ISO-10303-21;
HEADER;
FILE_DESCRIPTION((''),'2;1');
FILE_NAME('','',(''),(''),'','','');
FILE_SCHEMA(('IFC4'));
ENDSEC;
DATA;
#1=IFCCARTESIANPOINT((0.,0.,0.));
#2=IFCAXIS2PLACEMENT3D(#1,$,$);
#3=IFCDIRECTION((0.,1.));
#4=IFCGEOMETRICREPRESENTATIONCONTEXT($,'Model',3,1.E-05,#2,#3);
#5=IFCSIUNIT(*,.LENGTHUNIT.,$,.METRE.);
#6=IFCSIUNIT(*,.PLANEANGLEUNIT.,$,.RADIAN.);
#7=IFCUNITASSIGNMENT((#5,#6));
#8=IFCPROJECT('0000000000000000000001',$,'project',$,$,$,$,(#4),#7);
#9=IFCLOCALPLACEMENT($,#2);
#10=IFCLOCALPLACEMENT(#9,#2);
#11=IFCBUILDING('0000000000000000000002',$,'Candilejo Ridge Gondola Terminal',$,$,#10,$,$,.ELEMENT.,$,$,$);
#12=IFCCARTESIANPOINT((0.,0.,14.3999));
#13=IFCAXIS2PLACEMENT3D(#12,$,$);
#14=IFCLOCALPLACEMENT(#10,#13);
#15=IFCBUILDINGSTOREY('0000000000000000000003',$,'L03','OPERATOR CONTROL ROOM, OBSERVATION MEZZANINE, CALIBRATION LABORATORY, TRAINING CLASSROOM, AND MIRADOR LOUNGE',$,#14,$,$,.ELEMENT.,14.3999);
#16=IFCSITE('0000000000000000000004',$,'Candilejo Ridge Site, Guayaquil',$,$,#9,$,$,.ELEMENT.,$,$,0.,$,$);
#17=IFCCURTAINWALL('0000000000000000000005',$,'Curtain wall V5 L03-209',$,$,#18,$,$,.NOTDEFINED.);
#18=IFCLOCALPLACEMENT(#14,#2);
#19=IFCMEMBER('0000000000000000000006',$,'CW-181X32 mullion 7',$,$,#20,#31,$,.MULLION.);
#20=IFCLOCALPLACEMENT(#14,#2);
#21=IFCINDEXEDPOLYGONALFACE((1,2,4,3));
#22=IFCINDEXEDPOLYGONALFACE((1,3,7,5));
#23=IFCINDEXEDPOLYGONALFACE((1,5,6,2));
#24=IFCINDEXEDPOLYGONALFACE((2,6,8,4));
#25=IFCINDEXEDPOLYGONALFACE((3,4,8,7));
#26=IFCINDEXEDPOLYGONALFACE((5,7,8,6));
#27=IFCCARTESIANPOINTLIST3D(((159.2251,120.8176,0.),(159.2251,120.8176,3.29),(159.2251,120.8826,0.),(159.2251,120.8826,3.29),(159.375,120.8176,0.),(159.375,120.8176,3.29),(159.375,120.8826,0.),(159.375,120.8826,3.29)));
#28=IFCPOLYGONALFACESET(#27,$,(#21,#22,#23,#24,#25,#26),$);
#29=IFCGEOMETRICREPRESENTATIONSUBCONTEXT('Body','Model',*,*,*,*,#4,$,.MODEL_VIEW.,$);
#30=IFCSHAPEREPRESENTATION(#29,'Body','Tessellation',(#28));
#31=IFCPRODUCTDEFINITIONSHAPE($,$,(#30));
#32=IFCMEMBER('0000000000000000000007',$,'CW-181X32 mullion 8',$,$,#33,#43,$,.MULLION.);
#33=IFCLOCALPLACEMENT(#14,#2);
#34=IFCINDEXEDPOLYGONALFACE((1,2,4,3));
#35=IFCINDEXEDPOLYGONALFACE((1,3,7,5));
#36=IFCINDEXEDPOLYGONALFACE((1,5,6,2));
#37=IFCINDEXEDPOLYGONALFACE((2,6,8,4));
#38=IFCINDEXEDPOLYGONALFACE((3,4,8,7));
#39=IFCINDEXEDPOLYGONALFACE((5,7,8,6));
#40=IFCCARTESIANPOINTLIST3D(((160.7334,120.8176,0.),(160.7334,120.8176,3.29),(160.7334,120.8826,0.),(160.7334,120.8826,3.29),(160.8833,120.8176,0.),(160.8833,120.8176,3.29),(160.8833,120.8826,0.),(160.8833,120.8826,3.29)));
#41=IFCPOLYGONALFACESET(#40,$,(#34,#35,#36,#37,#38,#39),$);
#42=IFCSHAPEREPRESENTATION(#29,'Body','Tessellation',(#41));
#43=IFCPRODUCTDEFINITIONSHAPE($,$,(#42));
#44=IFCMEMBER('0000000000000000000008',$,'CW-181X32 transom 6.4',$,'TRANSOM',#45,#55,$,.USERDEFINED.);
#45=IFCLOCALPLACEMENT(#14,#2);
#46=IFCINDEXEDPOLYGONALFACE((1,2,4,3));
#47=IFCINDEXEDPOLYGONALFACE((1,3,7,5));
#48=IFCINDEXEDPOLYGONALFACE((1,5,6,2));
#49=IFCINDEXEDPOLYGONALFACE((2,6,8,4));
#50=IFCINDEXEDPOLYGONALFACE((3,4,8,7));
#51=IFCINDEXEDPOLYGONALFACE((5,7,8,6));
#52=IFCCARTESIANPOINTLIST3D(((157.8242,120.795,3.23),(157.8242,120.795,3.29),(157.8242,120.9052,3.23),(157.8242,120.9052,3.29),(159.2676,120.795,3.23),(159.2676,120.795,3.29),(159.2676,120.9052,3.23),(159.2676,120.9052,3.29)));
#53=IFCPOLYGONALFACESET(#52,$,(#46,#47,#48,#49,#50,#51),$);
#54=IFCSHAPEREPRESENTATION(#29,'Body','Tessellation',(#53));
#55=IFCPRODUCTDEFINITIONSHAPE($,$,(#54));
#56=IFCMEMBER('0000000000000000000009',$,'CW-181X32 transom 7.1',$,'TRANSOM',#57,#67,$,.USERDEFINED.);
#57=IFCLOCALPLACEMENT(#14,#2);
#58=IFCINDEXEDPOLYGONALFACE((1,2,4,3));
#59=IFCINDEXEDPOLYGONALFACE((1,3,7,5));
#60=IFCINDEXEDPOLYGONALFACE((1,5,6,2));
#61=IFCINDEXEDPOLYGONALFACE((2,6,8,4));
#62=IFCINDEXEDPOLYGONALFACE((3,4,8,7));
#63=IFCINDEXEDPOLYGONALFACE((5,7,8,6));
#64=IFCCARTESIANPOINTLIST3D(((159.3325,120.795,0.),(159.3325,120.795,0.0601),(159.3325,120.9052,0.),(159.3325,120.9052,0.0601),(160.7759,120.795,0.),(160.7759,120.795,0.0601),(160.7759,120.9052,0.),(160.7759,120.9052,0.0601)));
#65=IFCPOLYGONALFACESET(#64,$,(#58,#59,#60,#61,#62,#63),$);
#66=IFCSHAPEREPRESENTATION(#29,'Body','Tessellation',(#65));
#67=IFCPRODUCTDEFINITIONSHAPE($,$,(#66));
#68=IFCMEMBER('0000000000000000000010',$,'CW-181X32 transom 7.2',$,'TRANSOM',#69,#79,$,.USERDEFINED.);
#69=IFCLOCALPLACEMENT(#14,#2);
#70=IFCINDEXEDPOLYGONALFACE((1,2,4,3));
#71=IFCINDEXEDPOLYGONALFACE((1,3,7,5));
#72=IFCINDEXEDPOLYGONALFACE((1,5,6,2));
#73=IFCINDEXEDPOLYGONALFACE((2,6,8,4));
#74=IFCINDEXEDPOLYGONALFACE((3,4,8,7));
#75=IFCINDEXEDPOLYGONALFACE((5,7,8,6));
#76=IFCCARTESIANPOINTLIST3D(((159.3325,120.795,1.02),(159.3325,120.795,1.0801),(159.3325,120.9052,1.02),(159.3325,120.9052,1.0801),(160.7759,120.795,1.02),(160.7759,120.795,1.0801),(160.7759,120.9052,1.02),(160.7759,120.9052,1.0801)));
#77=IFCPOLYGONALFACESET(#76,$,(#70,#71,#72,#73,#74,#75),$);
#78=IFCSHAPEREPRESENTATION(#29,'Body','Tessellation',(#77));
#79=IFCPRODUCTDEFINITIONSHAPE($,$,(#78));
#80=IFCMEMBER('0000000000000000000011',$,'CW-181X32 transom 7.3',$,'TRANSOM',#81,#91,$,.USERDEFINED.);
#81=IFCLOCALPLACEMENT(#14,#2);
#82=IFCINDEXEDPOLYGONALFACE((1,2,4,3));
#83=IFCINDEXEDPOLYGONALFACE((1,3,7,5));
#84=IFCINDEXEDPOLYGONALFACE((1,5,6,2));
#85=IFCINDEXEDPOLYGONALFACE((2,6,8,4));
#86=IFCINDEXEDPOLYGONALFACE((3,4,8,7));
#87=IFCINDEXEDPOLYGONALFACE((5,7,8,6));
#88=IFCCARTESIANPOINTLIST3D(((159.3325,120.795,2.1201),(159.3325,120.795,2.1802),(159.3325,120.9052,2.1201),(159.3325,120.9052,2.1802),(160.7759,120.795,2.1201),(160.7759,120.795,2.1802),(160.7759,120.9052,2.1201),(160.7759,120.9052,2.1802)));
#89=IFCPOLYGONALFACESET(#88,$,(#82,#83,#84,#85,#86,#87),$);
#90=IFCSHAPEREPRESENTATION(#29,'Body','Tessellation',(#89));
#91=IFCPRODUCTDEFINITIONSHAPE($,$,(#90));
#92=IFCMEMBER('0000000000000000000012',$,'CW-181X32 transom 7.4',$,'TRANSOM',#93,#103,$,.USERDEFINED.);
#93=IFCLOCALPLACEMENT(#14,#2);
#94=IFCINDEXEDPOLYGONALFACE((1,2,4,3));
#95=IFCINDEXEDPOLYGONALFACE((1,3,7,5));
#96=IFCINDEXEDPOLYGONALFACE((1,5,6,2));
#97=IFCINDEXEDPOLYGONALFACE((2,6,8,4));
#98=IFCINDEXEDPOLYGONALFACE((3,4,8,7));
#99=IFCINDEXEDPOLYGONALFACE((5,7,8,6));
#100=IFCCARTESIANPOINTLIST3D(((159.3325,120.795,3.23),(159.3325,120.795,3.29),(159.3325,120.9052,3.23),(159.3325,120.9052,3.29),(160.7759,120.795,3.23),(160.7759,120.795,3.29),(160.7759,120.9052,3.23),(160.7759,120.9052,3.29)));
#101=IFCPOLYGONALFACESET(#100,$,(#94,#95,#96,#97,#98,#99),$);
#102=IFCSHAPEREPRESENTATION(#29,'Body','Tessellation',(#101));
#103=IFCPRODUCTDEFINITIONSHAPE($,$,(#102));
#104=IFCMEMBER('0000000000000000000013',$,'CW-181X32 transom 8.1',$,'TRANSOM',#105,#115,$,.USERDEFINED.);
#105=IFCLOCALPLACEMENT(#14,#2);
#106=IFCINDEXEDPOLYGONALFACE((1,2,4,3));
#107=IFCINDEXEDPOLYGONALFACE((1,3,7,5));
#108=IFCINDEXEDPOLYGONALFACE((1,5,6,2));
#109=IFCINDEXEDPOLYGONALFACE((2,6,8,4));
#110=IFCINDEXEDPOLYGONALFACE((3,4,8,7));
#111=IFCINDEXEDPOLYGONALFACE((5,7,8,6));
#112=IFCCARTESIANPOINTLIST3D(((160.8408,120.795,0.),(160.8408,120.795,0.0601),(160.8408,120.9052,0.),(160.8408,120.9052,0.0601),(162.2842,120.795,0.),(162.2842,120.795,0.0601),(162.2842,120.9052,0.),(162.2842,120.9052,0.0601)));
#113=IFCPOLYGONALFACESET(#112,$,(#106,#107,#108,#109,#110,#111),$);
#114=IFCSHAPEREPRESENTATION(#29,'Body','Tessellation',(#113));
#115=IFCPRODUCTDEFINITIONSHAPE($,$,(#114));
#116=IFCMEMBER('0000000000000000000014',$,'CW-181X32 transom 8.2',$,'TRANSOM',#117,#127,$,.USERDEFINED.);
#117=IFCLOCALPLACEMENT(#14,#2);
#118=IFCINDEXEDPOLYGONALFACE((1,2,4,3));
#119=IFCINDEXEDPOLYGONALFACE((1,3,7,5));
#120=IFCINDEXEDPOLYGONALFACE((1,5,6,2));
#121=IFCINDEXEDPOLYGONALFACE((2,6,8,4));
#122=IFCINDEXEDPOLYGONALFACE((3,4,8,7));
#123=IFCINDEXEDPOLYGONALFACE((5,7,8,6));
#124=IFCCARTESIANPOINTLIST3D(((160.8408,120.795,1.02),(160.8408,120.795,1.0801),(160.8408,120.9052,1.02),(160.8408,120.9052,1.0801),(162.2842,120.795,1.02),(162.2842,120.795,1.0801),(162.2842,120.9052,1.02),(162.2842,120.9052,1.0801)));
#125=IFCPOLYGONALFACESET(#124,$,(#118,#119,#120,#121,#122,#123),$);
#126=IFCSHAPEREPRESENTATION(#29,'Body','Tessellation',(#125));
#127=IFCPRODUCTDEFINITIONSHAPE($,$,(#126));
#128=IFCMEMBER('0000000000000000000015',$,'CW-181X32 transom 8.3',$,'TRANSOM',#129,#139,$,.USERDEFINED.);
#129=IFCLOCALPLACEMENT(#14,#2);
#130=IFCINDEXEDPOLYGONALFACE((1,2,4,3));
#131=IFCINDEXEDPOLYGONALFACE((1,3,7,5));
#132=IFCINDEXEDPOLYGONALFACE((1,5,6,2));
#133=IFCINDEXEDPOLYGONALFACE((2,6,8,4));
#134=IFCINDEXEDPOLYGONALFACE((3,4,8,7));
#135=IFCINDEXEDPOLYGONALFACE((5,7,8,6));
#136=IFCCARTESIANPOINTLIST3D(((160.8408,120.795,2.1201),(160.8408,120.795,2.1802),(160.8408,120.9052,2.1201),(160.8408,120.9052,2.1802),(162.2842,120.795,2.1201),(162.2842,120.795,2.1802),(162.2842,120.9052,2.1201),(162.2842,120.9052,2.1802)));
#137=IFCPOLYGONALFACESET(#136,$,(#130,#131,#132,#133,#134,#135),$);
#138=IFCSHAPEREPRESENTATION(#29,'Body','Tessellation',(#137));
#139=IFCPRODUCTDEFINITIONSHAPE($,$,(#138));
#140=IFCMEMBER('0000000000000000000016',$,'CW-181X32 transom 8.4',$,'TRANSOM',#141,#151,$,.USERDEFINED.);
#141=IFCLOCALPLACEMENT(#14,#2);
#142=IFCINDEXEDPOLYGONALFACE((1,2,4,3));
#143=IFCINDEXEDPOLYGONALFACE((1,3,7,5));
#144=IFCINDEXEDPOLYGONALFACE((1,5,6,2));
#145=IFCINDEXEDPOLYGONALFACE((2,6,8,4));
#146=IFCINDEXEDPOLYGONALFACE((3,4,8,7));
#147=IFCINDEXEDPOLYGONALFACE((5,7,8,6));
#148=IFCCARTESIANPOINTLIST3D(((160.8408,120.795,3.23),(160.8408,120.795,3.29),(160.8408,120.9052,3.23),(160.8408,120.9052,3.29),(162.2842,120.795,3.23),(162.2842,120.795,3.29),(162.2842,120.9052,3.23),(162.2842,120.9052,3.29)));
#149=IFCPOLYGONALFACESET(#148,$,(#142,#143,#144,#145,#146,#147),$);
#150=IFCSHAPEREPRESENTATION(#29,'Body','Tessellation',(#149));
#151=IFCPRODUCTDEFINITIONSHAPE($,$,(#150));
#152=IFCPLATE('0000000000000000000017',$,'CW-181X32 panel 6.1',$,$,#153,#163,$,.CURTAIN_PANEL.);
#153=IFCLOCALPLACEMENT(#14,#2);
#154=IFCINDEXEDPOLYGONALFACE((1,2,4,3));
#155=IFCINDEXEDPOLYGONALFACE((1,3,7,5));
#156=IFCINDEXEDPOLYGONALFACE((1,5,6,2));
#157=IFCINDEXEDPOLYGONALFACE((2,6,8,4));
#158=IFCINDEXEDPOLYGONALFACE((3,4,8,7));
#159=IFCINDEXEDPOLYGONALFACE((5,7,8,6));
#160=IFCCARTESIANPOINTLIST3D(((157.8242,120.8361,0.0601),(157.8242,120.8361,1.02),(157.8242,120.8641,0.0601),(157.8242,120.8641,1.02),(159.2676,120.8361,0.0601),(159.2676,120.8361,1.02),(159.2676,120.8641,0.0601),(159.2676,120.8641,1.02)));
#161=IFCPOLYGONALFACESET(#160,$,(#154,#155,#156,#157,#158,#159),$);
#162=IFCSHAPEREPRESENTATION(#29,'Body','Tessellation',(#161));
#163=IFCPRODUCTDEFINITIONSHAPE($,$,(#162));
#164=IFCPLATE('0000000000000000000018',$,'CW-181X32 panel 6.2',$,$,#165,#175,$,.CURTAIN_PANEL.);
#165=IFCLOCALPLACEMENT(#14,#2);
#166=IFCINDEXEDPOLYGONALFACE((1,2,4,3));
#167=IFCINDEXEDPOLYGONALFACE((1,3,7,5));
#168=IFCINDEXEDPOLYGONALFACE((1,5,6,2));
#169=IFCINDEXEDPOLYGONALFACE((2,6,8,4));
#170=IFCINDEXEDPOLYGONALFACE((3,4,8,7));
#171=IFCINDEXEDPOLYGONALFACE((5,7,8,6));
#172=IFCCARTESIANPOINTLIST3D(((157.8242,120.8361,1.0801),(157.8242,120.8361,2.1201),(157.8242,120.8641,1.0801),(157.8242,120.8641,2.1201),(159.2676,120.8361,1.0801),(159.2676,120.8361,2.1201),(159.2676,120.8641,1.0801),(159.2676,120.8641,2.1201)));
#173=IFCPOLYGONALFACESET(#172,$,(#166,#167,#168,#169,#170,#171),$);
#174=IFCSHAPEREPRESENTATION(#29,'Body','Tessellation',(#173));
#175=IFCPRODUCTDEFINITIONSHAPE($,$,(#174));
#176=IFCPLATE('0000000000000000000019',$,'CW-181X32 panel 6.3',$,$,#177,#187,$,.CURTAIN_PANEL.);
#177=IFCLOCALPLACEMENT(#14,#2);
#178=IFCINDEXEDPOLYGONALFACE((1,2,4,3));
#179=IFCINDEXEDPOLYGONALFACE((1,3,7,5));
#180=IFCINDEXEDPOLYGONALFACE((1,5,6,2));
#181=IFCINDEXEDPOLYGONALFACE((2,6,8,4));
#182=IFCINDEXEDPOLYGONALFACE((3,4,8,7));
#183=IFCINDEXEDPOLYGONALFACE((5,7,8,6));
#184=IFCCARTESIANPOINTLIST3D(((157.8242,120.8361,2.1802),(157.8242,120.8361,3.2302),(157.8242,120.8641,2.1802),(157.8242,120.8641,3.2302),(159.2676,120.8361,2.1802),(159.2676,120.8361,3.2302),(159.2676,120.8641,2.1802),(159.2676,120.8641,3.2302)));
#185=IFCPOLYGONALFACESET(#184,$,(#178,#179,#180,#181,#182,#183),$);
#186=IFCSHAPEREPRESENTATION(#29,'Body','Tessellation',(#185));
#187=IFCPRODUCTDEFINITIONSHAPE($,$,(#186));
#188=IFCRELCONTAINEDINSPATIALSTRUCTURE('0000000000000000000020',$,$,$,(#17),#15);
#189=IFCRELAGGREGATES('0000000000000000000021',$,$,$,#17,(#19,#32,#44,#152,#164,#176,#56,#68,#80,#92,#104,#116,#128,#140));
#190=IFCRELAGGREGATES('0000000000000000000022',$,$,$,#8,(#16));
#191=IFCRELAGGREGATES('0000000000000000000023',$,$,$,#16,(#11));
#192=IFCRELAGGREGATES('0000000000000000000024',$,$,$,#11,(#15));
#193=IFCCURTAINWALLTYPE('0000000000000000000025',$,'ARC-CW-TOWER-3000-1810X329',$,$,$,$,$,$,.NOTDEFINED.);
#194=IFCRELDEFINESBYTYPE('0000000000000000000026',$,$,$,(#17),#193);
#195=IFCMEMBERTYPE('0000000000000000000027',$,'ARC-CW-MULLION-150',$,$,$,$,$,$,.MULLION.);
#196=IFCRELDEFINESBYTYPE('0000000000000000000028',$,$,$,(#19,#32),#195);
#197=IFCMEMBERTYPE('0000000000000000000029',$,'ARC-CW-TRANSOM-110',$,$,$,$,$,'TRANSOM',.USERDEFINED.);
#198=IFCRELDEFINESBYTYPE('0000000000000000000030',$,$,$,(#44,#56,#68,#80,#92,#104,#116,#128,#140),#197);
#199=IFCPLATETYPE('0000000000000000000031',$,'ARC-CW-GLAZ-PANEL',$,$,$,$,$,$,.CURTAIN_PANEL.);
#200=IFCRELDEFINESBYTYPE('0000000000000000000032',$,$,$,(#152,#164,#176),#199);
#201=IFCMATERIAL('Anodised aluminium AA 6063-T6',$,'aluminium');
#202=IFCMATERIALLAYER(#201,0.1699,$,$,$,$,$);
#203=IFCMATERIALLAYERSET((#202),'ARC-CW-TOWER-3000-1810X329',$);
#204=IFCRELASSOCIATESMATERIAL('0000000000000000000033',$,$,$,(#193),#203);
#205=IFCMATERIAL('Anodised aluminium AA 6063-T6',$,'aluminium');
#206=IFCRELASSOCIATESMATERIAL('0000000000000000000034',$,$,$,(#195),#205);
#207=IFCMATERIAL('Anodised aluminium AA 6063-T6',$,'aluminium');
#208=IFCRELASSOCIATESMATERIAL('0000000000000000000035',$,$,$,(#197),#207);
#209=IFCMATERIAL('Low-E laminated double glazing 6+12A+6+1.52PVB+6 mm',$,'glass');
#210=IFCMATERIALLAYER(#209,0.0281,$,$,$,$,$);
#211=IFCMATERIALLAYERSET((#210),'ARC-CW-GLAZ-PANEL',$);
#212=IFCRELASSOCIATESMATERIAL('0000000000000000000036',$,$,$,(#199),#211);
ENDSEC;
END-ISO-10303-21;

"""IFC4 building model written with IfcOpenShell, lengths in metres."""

from ifc_helpers import new_model, si_unit, direction, frame, origin, origin_2d, place, context, subcontext, project, spatial, rectangle, extrude, material, layer, layer_set, material_profile, profile_set, type_object, element, aggregate, save


model = new_model("IFC4")

# Units and contexts
model_context = context("Model", 3, precision=1e-05, world=origin(), true_north=direction((0.0, 1.0)))
body_context = subcontext(model_context, "Body", "Model", "MODEL_VIEW")
ifc_project = project(units=[si_unit("LENGTHUNIT", "METRE"), si_unit("PLANEANGLEUNIT", "RADIAN")], contexts=[model_context])

# Site, building, storey
site_placement = place(None, origin())
site = spatial("IfcSite", under=ifc_project, at=site_placement, Name="Candilejo Ridge Site, Guayaquil", CompositionType="ELEMENT", RefElevation=0.0)
building_placement = place(site_placement, origin())
building = spatial("IfcBuilding", under=site, at=building_placement, Name="Candilejo Ridge Gondola Terminal", CompositionType="ELEMENT")
storey_placement = place(building_placement, frame((0.0, 0.0, 14.3999)))
storey = spatial("IfcBuildingStorey", under=building, at=storey_placement, Name="L03", Description="OPERATOR CONTROL ROOM, OBSERVATION MEZZANINE, CALIBRATION LABORATORY, TRAINING CLASSROOM, AND MIRADOR LOUNGE", CompositionType="ELEMENT", Elevation=14.3999)

# Curtain wall, members, plates
ifc_material_1 = material(Name="Anodised aluminium AA 6063-T6", Category="aluminium")
ifc_layer_1 = layer(ifc_material_1, 0.1699)
ifc_layer_set_1 = layer_set([ifc_layer_1], Name="ARC-CW-TOWER-3000-1810X329")
curtain_wall_type = type_object("IfcCurtainWallType", Name="ARC-CW-TOWER-3000-1810X329", PredefinedType="NOTDEFINED", material=ifc_layer_set_1)
curtain_wall_placement = place(storey_placement, origin())
curtain_wall = element("IfcCurtainWall", 1, at=curtain_wall_placement, inside=storey, type_object=curtain_wall_type, Name="Curtain wall V5 L03-209", PredefinedType="NOTDEFINED")
ifc_material_2 = material(Name="Anodised aluminium AA 6063-T6", Category="aluminium")
ifc_material_profile_1 = material_profile(ifc_material_2, rectangle(XDim=0.0649, YDim=0.1499, at=origin_2d()))
ifc_profile_set_1 = profile_set([ifc_material_profile_1], Name="Anodised aluminium AA 6063-T6")
member_type_1 = type_object("IfcMemberType", Name="ARC-CW-MULLION-150", PredefinedType="MULLION", material=ifc_profile_set_1)
member_1_placement = place(storey_placement, frame((159.3, 120.8501, 0.0), z_axis=(0.0, 0.0, 1.0), x_axis=(0.0, 1.0, 0.0)))
member_1 = element("IfcMember", 2, at=member_1_placement, type_object=member_type_1, Name="CW-181X32 mullion 7", PredefinedType="MULLION", context=body_context, shape_type="SweptSolid", body=[
    extrude(rectangle(XDim=0.0649, YDim=0.1499, at=origin_2d()), origin(), (0.0, 0.0, 1.0), 3.29),
])
member_2_placement = place(storey_placement, frame((160.8083, 120.8501, 0.0), z_axis=(0.0, 0.0, 1.0), x_axis=(0.0, 1.0, 0.0)))
member_2 = element("IfcMember", 3, at=member_2_placement, type_object=member_type_1, Name="CW-181X32 mullion 8", PredefinedType="MULLION", context=body_context, shape_type="SweptSolid", body=[
    extrude(rectangle(XDim=0.0649, YDim=0.1499, at=origin_2d()), origin(), (0.0, 0.0, 1.0), 3.29),
])
ifc_material_3 = material(Name="Anodised aluminium AA 6063-T6", Category="aluminium")
ifc_material_profile_2 = material_profile(ifc_material_3, rectangle(XDim=0.1101, YDim=0.0601, at=origin_2d()))
ifc_profile_set_2 = profile_set([ifc_material_profile_2], Name="Anodised aluminium AA 6063-T6")
member_type_2 = type_object("IfcMemberType", Name="ARC-CW-TRANSOM-110", ElementType="TRANSOM", PredefinedType="USERDEFINED", material=ifc_profile_set_2)
member_3_placement = place(storey_placement, frame((157.8242, 120.8501, 3.26), z_axis=(1.0, 0.0, 0.0), x_axis=(0.0, 1.0, 0.0)))
member_3 = element("IfcMember", 4, at=member_3_placement, type_object=member_type_2, Name="CW-181X32 transom 6.4", ObjectType="TRANSOM", PredefinedType="USERDEFINED", context=body_context, shape_type="SweptSolid", body=[
    extrude(rectangle(XDim=0.1101, YDim=0.0601, at=origin_2d()), origin(), (0.0, 0.0, 1.0), 1.4434),
])
member_4_placement = place(storey_placement, frame((159.3325, 120.8501, 0.03), z_axis=(1.0, 0.0, 0.0), x_axis=(0.0, 1.0, 0.0)))
member_4 = element("IfcMember", 5, at=member_4_placement, type_object=member_type_2, Name="CW-181X32 transom 7.1", ObjectType="TRANSOM", PredefinedType="USERDEFINED", context=body_context, shape_type="SweptSolid", body=[
    extrude(rectangle(XDim=0.1101, YDim=0.0601, at=origin_2d()), origin(), (0.0, 0.0, 1.0), 1.4434),
])
member_5_placement = place(storey_placement, frame((159.3325, 120.8501, 1.05), z_axis=(1.0, 0.0, 0.0), x_axis=(0.0, 1.0, 0.0)))
member_5 = element("IfcMember", 6, at=member_5_placement, type_object=member_type_2, Name="CW-181X32 transom 7.2", ObjectType="TRANSOM", PredefinedType="USERDEFINED", context=body_context, shape_type="SweptSolid", body=[
    extrude(rectangle(XDim=0.1101, YDim=0.0601, at=origin_2d()), origin(), (0.0, 0.0, 1.0), 1.4434),
])
member_6_placement = place(storey_placement, frame((159.3325, 120.8501, 2.1501), z_axis=(1.0, 0.0, 0.0), x_axis=(0.0, 1.0, 0.0)))
member_6 = element("IfcMember", 7, at=member_6_placement, type_object=member_type_2, Name="CW-181X32 transom 7.3", ObjectType="TRANSOM", PredefinedType="USERDEFINED", context=body_context, shape_type="SweptSolid", body=[
    extrude(rectangle(XDim=0.1101, YDim=0.0601, at=origin_2d()), origin(), (0.0, 0.0, 1.0), 1.4434),
])
member_7_placement = place(storey_placement, frame((159.3325, 120.8501, 3.26), z_axis=(1.0, 0.0, 0.0), x_axis=(0.0, 1.0, 0.0)))
member_7 = element("IfcMember", 8, at=member_7_placement, type_object=member_type_2, Name="CW-181X32 transom 7.4", ObjectType="TRANSOM", PredefinedType="USERDEFINED", context=body_context, shape_type="SweptSolid", body=[
    extrude(rectangle(XDim=0.1101, YDim=0.0601, at=origin_2d()), origin(), (0.0, 0.0, 1.0), 1.4434),
])
member_8_placement = place(storey_placement, frame((160.8408, 120.8501, 0.03), z_axis=(1.0, 0.0, 0.0), x_axis=(0.0, 1.0, 0.0)))
member_8 = element("IfcMember", 9, at=member_8_placement, type_object=member_type_2, Name="CW-181X32 transom 8.1", ObjectType="TRANSOM", PredefinedType="USERDEFINED", context=body_context, shape_type="SweptSolid", body=[
    extrude(rectangle(XDim=0.1101, YDim=0.0601, at=origin_2d()), origin(), (0.0, 0.0, 1.0), 1.4434),
])
member_9_placement = place(storey_placement, frame((160.8408, 120.8501, 1.05), z_axis=(1.0, 0.0, 0.0), x_axis=(0.0, 1.0, 0.0)))
member_9 = element("IfcMember", 10, at=member_9_placement, type_object=member_type_2, Name="CW-181X32 transom 8.2", ObjectType="TRANSOM", PredefinedType="USERDEFINED", context=body_context, shape_type="SweptSolid", body=[
    extrude(rectangle(XDim=0.1101, YDim=0.0601, at=origin_2d()), origin(), (0.0, 0.0, 1.0), 1.4434),
])
member_10_placement = place(storey_placement, frame((160.8408, 120.8501, 2.1501), z_axis=(1.0, 0.0, 0.0), x_axis=(0.0, 1.0, 0.0)))
member_10 = element("IfcMember", 11, at=member_10_placement, type_object=member_type_2, Name="CW-181X32 transom 8.3", ObjectType="TRANSOM", PredefinedType="USERDEFINED", context=body_context, shape_type="SweptSolid", body=[
    extrude(rectangle(XDim=0.1101, YDim=0.0601, at=origin_2d()), origin(), (0.0, 0.0, 1.0), 1.4434),
])
member_11_placement = place(storey_placement, frame((160.8408, 120.8501, 3.26), z_axis=(1.0, 0.0, 0.0), x_axis=(0.0, 1.0, 0.0)))
member_11 = element("IfcMember", 12, at=member_11_placement, type_object=member_type_2, Name="CW-181X32 transom 8.4", ObjectType="TRANSOM", PredefinedType="USERDEFINED", context=body_context, shape_type="SweptSolid", body=[
    extrude(rectangle(XDim=0.1101, YDim=0.0601, at=origin_2d()), origin(), (0.0, 0.0, 1.0), 1.4434),
])
ifc_material_4 = material(Name="Low-E laminated double glazing 6+12A+6+1.52PVB+6 mm", Category="glass")
ifc_layer_2 = layer(ifc_material_4, 0.0281)
ifc_layer_set_2 = layer_set([ifc_layer_2], Name="ARC-CW-GLAZ-PANEL")
plate_type = type_object("IfcPlateType", Name="ARC-CW-GLAZ-PANEL", PredefinedType="CURTAIN_PANEL", material=ifc_layer_set_2)
plate_1_placement = place(storey_placement, frame((158.5459, 120.8501, 0.0601), z_axis=(0.0, 0.0, 1.0), x_axis=(1.0, 0.0, 0.0)))
plate_1 = element("IfcPlate", 13, at=plate_1_placement, type_object=plate_type, Name="CW-181X32 panel 6.1", PredefinedType="CURTAIN_PANEL", context=body_context, shape_type="SweptSolid", body=[
    extrude(rectangle(XDim=1.4434, YDim=0.0281, at=origin_2d()), origin(), (0.0, 0.0, 1.0), 0.96),
])
plate_2_placement = place(storey_placement, frame((158.5459, 120.8501, 1.0801), z_axis=(0.0, 0.0, 1.0), x_axis=(1.0, 0.0, 0.0)))
plate_2 = element("IfcPlate", 14, at=plate_2_placement, type_object=plate_type, Name="CW-181X32 panel 6.2", PredefinedType="CURTAIN_PANEL", context=body_context, shape_type="SweptSolid", body=[
    extrude(rectangle(XDim=1.4434, YDim=0.0281, at=origin_2d()), origin(), (0.0, 0.0, 1.0), 1.04),
])
plate_3_placement = place(storey_placement, frame((158.5459, 120.8501, 2.1802), z_axis=(0.0, 0.0, 1.0), x_axis=(1.0, 0.0, 0.0)))
plate_3 = element("IfcPlate", 15, at=plate_3_placement, type_object=plate_type, Name="CW-181X32 panel 6.3", PredefinedType="CURTAIN_PANEL", context=body_context, shape_type="SweptSolid", body=[
    extrude(rectangle(XDim=1.4434, YDim=0.0281, at=origin_2d()), origin(), (0.0, 0.0, 1.0), 1.05),
])
aggregate(curtain_wall, [member_1, member_2, member_3, plate_1, plate_2, plate_3, member_4, member_5, member_6, member_7, member_8, member_9, member_10, member_11])

save(model, "model.ifc")
